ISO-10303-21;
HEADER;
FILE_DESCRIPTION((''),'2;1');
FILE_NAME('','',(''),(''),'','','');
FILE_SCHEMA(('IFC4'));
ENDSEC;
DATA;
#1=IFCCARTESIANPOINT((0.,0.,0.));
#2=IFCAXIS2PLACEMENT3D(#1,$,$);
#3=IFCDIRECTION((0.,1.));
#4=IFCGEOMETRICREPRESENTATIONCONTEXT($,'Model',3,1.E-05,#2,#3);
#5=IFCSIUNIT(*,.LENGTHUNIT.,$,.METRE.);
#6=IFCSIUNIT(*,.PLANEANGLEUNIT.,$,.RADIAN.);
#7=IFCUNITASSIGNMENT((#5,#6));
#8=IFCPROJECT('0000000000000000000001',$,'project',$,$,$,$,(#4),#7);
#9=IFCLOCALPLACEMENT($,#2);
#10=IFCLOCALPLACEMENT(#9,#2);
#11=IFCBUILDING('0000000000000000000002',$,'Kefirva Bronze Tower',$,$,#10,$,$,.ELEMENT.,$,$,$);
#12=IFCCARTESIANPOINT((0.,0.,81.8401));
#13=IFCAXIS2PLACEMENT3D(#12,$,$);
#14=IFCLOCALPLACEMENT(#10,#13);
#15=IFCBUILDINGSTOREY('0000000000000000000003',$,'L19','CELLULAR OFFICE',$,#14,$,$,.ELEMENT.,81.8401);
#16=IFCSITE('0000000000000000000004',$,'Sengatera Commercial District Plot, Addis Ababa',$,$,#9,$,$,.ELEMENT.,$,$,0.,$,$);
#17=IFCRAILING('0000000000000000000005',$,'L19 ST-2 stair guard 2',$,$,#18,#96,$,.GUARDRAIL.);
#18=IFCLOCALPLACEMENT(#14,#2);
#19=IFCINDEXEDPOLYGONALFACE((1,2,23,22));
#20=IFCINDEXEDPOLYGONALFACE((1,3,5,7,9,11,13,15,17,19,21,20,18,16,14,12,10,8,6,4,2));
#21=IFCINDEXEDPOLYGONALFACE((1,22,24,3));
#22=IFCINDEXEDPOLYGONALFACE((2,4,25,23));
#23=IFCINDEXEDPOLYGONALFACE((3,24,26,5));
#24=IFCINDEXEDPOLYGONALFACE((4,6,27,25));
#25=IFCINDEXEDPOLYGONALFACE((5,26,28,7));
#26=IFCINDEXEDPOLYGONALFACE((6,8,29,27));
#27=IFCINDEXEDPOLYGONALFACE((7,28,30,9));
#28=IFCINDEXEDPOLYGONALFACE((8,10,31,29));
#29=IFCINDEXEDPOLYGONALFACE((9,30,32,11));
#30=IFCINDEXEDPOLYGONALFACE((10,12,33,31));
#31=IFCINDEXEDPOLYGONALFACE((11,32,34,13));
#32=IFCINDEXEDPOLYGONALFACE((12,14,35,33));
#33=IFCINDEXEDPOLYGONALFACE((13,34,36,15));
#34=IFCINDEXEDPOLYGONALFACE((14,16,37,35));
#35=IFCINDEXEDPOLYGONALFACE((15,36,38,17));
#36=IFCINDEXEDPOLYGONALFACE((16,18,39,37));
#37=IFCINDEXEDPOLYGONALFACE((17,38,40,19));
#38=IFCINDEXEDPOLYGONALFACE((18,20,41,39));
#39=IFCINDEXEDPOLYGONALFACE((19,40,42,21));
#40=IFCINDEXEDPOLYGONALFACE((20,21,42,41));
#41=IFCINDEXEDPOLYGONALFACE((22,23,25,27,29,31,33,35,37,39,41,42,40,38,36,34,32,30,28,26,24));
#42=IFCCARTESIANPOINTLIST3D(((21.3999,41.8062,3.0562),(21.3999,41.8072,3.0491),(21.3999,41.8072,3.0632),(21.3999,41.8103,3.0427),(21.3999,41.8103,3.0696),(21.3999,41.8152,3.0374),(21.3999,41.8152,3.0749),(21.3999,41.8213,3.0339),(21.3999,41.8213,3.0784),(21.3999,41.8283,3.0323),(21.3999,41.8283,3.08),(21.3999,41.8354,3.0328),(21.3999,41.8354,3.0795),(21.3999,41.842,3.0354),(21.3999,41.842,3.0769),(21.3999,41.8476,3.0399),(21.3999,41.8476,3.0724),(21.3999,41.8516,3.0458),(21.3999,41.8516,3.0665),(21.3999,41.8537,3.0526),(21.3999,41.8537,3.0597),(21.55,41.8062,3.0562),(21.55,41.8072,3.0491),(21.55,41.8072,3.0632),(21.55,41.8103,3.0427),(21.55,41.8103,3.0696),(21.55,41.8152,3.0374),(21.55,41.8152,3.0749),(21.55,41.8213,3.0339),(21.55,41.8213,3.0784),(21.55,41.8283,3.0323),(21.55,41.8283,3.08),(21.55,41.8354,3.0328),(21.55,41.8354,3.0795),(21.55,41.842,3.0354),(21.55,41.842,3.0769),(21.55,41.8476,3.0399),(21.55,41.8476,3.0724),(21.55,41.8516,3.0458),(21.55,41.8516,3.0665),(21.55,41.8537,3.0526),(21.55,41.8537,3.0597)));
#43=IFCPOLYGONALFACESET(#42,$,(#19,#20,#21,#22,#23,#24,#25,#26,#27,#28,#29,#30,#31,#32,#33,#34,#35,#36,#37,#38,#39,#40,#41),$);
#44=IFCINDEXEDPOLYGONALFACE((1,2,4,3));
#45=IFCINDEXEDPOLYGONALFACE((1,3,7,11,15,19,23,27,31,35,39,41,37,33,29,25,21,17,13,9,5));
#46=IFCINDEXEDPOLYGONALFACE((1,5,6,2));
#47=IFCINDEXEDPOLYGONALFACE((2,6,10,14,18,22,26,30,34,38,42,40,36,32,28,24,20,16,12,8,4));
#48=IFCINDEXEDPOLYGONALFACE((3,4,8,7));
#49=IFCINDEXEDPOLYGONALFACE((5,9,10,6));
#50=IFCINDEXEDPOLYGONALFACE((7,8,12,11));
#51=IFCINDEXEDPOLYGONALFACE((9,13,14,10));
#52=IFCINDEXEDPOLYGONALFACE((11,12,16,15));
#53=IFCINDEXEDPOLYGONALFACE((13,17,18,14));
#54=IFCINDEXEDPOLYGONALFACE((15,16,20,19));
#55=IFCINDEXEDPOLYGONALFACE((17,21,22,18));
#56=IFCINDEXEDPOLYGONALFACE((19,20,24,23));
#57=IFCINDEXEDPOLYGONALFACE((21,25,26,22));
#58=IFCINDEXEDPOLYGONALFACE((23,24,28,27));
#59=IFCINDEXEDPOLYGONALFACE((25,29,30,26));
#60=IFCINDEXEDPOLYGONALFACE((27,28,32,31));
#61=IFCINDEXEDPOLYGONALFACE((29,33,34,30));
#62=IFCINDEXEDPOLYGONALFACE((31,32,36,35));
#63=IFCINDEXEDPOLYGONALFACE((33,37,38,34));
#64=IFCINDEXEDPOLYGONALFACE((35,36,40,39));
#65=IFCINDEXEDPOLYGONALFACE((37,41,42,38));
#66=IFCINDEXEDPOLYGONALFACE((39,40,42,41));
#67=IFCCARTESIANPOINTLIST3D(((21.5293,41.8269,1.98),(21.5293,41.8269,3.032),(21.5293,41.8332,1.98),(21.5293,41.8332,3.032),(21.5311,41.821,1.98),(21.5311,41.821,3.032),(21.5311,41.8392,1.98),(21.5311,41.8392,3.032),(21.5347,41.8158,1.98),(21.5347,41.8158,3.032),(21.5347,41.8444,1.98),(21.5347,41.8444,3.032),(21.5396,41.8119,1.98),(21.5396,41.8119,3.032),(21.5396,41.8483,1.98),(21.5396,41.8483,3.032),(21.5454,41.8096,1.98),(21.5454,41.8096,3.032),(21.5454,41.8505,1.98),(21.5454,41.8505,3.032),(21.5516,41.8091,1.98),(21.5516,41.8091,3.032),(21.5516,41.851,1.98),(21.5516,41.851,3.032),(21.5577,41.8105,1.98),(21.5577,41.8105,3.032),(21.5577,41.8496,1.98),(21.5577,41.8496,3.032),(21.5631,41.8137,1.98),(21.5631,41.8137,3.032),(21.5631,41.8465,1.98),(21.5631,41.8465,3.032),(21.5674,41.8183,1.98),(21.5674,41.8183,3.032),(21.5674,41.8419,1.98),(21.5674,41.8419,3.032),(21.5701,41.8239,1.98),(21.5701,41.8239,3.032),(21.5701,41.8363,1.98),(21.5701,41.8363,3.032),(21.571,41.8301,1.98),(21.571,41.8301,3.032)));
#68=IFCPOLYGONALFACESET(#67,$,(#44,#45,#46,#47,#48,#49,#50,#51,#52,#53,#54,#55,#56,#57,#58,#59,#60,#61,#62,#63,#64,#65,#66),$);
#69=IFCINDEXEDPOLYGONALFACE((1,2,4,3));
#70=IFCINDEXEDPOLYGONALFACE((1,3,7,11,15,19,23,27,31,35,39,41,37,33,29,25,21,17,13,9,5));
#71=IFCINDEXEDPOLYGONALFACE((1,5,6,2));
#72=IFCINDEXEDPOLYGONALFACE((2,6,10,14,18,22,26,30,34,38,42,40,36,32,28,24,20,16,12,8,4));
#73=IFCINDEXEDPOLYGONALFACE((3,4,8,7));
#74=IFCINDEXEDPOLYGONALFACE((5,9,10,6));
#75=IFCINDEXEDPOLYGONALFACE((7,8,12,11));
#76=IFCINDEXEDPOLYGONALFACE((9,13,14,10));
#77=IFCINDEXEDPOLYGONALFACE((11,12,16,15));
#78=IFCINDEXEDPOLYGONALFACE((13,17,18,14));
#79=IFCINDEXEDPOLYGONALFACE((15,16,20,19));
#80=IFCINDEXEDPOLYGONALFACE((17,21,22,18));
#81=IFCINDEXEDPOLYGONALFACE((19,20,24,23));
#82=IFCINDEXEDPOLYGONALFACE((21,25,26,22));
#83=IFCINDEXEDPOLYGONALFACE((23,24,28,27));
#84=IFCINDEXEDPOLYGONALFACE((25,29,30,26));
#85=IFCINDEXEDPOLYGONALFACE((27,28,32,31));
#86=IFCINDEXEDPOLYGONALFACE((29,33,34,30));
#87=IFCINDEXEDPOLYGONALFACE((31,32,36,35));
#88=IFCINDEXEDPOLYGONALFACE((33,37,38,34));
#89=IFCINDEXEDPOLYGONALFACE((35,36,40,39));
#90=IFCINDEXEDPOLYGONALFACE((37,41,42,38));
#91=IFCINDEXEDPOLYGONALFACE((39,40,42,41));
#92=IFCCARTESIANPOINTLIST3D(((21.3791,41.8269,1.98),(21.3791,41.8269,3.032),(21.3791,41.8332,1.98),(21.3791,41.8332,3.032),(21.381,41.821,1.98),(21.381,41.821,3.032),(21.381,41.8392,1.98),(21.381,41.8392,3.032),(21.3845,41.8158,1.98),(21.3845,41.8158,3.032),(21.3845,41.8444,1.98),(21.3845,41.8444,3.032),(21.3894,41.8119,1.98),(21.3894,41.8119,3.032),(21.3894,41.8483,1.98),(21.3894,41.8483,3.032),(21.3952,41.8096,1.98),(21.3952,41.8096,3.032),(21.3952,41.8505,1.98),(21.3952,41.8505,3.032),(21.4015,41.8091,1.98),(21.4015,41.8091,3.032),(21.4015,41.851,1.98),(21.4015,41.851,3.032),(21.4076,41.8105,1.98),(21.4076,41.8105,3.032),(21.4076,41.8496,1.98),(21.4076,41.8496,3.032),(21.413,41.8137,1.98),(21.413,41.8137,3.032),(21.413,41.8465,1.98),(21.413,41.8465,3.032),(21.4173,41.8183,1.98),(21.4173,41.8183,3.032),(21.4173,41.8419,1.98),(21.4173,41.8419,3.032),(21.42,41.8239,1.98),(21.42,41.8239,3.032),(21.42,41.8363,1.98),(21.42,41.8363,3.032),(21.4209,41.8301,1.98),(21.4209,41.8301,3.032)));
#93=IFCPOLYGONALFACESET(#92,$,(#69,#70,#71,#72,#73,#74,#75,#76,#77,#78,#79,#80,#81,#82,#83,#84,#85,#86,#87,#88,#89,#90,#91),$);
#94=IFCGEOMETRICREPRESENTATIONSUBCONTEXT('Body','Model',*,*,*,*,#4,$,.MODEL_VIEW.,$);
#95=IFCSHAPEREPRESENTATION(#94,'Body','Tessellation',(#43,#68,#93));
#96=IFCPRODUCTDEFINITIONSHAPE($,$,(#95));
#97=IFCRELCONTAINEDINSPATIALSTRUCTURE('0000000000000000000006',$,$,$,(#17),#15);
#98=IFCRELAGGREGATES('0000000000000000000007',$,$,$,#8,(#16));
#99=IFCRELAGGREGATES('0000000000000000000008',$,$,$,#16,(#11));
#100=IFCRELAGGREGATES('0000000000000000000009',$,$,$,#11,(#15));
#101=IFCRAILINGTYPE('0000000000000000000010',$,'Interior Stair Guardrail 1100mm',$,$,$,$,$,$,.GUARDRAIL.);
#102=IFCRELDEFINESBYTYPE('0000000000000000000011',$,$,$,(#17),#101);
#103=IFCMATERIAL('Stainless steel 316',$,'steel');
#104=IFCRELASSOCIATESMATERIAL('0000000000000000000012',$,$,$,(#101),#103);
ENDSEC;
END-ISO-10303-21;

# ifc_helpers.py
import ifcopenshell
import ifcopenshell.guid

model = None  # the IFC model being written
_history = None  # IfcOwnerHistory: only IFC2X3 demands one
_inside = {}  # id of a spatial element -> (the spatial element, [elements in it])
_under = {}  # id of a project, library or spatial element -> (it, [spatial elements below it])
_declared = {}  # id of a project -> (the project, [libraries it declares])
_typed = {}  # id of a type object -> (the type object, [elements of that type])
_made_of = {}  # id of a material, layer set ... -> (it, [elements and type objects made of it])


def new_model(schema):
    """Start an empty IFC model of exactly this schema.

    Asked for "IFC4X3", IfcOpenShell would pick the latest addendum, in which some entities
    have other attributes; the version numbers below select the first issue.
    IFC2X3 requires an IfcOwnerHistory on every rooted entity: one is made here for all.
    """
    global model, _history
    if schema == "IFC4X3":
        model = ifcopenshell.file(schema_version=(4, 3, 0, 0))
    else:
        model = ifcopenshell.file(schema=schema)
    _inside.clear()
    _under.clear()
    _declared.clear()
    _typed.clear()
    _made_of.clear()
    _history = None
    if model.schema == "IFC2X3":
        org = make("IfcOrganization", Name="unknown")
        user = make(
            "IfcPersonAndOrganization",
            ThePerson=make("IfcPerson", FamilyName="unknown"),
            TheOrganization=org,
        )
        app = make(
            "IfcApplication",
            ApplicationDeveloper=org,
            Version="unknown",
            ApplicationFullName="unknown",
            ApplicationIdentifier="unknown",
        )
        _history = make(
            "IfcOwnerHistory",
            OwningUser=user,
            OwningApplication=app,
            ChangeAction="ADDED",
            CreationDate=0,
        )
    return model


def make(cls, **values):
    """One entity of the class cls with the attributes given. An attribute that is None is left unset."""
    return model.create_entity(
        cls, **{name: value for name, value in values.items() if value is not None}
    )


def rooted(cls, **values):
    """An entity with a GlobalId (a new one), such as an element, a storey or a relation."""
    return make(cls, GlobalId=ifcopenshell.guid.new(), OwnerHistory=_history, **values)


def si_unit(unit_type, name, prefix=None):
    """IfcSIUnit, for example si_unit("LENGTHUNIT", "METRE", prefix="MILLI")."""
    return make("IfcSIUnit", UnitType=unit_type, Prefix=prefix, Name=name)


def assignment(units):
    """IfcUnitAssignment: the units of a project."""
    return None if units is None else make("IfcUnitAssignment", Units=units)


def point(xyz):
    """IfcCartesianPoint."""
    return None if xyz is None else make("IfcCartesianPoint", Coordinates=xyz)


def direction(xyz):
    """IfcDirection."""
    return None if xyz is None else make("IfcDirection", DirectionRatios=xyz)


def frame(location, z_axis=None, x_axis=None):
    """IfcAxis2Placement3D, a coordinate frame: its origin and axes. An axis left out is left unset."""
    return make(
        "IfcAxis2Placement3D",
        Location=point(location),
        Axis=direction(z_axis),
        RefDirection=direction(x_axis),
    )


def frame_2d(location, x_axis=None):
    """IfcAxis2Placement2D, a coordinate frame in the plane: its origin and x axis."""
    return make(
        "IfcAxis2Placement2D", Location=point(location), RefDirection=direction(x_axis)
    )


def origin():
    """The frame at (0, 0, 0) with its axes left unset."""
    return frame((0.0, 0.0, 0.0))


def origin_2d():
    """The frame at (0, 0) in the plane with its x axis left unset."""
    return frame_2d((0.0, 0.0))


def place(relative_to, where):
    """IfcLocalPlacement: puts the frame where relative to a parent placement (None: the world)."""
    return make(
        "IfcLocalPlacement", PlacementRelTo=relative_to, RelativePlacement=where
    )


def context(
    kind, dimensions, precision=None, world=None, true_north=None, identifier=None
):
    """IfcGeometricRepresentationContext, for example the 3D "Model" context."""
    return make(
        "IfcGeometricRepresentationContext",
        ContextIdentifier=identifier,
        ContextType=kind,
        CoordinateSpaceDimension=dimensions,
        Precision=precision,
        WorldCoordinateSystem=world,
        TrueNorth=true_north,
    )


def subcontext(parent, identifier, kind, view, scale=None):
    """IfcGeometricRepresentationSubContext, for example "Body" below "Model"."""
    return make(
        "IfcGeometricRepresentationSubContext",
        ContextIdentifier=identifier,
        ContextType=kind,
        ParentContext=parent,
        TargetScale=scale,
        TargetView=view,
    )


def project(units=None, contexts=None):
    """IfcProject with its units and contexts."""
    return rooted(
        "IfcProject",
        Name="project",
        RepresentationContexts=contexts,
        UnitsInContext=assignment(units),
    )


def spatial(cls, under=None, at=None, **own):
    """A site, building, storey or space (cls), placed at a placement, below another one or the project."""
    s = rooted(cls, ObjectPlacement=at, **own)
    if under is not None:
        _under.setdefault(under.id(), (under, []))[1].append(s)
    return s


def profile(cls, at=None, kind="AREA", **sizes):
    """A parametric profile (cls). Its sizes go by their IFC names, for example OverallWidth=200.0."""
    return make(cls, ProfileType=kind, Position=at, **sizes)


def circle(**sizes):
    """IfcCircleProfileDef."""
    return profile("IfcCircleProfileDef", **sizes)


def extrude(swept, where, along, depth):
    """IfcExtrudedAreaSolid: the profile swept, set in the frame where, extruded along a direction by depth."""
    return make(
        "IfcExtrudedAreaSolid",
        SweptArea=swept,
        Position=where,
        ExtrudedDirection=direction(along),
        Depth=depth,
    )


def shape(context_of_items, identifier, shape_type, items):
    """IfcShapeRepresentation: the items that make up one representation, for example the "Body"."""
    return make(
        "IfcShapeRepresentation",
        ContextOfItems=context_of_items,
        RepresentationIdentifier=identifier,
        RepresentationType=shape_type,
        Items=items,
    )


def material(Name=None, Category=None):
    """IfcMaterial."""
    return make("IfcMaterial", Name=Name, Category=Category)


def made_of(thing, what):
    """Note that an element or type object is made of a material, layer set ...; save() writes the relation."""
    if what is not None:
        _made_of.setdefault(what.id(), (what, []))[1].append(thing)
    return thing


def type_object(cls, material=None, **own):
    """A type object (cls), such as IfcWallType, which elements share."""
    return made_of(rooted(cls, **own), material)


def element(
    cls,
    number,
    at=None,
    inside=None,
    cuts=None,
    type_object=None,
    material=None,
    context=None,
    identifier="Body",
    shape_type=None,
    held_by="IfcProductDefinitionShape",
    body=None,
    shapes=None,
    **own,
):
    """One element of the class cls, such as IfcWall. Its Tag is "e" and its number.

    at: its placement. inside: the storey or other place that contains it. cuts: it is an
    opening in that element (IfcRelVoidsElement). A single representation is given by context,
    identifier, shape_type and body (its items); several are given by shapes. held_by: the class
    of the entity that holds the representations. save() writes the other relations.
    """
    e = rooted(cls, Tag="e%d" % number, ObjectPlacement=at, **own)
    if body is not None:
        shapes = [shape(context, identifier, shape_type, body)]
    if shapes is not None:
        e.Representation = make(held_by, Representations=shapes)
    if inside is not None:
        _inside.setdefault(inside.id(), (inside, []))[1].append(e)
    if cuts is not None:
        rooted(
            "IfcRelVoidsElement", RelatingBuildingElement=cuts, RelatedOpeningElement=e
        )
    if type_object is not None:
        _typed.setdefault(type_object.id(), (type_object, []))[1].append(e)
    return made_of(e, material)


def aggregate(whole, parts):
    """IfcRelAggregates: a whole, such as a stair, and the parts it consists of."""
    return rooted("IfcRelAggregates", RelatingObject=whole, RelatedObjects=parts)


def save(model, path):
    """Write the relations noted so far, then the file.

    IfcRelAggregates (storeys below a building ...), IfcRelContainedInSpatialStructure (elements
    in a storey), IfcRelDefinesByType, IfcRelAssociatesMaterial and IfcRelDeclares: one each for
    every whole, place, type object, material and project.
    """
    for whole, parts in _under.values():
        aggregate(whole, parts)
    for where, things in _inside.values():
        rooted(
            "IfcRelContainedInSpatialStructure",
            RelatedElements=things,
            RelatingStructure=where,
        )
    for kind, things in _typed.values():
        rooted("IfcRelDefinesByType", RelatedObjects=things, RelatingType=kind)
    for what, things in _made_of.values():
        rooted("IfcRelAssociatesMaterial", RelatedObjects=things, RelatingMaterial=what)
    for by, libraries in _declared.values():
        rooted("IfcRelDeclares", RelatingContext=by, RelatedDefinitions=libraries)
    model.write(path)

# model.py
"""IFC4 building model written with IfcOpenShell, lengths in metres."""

from ifc_helpers import new_model, si_unit, direction, frame, origin, origin_2d, place, context, subcontext, project, spatial, circle, extrude, material, type_object, element, save


model = new_model("IFC4")

# Units and contexts
model_context = context("Model", 3, precision=1e-05, world=origin(), true_north=direction((0.0, 1.0)))
body_context = subcontext(model_context, "Body", "Model", "MODEL_VIEW")
ifc_project = project(units=[si_unit("LENGTHUNIT", "METRE"), si_unit("PLANEANGLEUNIT", "RADIAN")], contexts=[model_context])

# Site, building, storey
site_placement = place(None, origin())
site = spatial("IfcSite", under=ifc_project, at=site_placement, Name="Sengatera Commercial District Plot, Addis Ababa", CompositionType="ELEMENT", RefElevation=0.0)
building_placement = place(site_placement, origin())
building = spatial("IfcBuilding", under=site, at=building_placement, Name="Kefirva Bronze Tower", CompositionType="ELEMENT")
storey_placement = place(building_placement, frame((0.0, 0.0, 81.8401)))
storey = spatial("IfcBuildingStorey", under=building, at=storey_placement, Name="L19", Description="CELLULAR OFFICE", CompositionType="ELEMENT", Elevation=81.8401)

# Railing
ifc_material_1 = material(Name="Stainless steel 316", Category="steel")
railing_type_1 = type_object("IfcRailingType", Name="Interior Stair Guardrail 1100mm", PredefinedType="GUARDRAIL", material=ifc_material_1)
railing_1_placement = place(storey_placement, frame((21.55, 41.8301, 1.98)))
element("IfcRailing", 1, at=railing_1_placement, inside=storey, type_object=railing_type_1, Name="L19 ST-2 stair guard 2", PredefinedType="GUARDRAIL", context=body_context, shape_type="SweptSolid", body=[
    extrude(circle(Radius=0.0239, at=origin_2d()), frame((0.0, 0.0, 1.0762), z_axis=(-1.0, 0.0, 0.0), x_axis=(0.0, -1.0, 0.0)), (0.0, 0.0, 1.0), 0.1501),
    extrude(circle(Radius=0.021, at=origin_2d()), origin(), (0.0, 0.0, 1.0), 1.052),
    extrude(circle(Radius=0.021, at=origin_2d()), frame((-0.1501, 0.0, 0.0)), (0.0, 0.0, 1.0), 1.052),
])

save(model, "model.ifc")
